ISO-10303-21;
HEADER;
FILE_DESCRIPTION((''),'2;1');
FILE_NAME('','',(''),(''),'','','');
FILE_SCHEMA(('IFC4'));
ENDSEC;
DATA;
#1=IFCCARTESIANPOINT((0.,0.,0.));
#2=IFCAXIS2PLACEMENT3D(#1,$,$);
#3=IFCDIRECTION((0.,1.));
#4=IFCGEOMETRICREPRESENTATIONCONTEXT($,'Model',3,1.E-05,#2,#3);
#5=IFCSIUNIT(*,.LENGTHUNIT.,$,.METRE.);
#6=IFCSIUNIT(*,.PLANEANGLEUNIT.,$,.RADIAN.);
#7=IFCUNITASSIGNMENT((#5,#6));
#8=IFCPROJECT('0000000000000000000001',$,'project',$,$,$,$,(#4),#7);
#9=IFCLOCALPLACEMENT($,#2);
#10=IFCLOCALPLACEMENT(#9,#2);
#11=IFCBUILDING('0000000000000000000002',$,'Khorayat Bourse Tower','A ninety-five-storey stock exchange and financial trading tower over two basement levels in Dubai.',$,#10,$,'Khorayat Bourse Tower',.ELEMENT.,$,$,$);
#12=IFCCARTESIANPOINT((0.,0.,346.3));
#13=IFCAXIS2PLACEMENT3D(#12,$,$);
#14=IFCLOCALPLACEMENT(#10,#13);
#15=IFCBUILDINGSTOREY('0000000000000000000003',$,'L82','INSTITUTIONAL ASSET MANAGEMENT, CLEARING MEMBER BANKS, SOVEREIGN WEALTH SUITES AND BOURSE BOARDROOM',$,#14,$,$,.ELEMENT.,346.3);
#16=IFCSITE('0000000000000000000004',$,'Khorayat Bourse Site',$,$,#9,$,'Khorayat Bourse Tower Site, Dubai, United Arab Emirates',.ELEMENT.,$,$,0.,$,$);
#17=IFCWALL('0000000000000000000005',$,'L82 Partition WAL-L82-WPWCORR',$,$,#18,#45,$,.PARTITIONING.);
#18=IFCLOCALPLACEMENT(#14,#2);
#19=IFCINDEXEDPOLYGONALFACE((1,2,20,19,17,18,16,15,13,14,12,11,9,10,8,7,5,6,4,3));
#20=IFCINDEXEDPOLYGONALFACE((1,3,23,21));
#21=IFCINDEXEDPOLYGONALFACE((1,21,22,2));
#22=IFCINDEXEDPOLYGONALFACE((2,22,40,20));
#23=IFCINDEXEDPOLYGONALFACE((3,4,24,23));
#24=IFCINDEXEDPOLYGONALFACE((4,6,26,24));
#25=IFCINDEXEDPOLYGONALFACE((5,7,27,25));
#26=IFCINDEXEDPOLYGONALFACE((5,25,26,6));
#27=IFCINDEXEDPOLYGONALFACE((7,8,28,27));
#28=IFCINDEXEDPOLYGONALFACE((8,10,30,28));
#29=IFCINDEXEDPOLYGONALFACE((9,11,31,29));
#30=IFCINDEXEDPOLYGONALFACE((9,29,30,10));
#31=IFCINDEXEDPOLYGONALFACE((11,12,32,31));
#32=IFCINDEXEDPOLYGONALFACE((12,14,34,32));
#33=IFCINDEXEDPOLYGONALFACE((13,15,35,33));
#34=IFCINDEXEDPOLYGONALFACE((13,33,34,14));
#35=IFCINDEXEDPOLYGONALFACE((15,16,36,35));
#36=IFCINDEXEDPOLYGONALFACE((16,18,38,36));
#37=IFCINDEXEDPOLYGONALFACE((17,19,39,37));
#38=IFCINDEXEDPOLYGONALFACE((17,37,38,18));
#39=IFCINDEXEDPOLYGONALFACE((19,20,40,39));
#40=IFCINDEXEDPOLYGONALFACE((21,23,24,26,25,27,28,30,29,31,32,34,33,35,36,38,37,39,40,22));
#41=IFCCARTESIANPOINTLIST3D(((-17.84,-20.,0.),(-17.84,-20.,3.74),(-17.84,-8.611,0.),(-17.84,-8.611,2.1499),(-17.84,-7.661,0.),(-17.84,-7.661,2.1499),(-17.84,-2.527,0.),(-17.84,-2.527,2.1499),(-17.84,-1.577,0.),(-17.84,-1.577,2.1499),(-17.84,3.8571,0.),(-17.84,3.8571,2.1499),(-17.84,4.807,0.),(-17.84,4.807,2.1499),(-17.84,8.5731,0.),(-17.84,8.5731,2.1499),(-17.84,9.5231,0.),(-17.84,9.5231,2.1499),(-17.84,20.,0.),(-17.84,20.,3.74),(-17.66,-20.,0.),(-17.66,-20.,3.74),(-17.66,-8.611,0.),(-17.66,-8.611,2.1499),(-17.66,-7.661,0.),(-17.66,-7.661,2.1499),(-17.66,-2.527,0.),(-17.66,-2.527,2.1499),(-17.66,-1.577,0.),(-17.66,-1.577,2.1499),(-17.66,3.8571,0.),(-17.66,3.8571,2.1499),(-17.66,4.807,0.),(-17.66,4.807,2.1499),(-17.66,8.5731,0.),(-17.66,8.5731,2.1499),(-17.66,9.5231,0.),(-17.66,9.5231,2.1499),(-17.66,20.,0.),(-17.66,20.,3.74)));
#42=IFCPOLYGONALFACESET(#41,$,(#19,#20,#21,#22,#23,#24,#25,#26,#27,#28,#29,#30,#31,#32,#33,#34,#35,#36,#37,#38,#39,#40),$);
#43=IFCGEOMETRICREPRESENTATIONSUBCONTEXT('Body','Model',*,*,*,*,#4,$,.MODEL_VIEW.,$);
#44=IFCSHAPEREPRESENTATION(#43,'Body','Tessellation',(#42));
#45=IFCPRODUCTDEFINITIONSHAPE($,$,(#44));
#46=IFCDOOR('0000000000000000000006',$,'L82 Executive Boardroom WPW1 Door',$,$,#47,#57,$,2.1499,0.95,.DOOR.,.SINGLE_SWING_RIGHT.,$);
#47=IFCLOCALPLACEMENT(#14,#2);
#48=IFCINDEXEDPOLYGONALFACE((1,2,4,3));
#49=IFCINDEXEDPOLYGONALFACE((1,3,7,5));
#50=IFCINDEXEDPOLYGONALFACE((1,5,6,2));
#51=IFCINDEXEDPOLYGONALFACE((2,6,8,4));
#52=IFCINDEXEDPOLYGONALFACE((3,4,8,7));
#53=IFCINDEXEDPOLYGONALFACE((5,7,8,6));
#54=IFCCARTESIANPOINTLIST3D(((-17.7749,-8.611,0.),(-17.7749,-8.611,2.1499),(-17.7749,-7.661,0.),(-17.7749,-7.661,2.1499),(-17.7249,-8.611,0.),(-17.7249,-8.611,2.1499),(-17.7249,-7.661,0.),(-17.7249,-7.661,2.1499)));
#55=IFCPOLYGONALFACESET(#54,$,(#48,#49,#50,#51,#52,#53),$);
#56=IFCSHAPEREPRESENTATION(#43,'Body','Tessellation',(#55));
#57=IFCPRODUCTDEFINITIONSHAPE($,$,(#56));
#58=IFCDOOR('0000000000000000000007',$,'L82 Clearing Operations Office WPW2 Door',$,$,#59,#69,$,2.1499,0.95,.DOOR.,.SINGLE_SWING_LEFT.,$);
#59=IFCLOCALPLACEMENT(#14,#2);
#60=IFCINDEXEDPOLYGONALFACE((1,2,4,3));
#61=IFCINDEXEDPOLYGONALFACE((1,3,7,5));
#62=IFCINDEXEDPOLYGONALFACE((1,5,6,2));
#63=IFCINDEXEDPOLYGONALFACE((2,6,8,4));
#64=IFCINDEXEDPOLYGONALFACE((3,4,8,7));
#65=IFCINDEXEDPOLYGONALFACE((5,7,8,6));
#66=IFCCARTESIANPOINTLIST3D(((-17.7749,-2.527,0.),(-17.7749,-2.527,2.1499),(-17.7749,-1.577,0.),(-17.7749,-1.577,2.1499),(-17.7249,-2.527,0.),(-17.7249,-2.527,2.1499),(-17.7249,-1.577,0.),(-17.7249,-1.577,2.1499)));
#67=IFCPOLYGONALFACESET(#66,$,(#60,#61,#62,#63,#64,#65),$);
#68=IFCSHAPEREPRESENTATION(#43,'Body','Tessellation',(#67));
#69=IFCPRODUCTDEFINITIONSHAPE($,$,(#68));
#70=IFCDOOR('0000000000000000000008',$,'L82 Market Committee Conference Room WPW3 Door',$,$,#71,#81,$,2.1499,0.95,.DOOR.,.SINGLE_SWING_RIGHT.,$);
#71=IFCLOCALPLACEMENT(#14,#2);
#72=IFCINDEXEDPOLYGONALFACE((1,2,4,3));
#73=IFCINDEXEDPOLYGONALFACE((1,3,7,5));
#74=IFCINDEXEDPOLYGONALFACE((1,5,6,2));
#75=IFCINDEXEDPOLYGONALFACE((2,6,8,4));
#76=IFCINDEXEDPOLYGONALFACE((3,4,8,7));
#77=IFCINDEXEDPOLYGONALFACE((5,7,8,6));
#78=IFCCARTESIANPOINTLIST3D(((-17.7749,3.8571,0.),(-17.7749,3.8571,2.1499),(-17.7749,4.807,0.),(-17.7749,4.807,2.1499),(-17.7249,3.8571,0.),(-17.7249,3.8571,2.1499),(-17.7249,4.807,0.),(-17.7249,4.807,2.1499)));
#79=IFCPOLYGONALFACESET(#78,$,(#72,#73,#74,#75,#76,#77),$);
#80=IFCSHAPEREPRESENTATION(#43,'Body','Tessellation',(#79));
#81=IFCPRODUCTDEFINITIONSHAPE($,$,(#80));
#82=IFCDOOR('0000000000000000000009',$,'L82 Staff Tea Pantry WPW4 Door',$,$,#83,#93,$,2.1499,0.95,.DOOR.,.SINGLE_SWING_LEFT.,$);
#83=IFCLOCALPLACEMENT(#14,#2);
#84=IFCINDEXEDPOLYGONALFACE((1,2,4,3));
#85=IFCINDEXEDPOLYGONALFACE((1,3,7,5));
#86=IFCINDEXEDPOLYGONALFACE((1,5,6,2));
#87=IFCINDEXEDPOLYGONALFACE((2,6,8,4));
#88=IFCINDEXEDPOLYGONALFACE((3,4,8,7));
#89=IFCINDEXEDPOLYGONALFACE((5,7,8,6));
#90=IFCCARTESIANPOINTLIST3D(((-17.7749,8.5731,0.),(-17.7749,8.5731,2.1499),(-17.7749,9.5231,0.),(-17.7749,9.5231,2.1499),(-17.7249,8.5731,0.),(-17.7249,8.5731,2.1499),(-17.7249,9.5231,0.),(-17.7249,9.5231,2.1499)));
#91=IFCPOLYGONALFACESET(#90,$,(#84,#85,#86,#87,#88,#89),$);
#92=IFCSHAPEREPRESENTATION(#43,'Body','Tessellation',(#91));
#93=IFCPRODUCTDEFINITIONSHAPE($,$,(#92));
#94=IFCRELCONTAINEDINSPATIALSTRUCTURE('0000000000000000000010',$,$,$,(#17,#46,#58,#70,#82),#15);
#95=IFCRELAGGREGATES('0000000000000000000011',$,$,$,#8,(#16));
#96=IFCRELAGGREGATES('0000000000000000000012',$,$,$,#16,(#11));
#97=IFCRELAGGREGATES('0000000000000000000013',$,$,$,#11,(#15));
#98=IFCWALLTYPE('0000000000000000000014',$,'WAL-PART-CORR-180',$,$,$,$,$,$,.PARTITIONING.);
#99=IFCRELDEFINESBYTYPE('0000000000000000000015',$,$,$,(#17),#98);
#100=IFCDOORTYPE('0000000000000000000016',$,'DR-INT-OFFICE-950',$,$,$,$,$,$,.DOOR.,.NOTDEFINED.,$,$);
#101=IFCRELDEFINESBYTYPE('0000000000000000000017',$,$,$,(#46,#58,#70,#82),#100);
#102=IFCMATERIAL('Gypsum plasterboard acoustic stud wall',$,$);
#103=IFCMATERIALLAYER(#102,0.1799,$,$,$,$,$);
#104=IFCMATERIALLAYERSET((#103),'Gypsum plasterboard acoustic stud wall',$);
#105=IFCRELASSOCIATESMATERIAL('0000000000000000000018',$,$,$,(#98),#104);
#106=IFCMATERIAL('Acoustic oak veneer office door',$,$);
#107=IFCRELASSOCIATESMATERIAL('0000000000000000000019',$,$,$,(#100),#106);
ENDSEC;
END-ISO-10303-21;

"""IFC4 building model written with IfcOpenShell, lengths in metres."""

from ifc_helpers import new_model, si_unit, direction, frame, frame_2d, origin, place, context, subcontext, project, spatial, rectangle, extrude, source, transform, mapped, material, layer, layer_set, type_object, element, fill, save


model = new_model("IFC4")

# Units and contexts
model_context = context("Model", 3, precision=1e-05, world=origin(), true_north=direction((0.0, 1.0)))
body_context = subcontext(model_context, "Body", "Model", "MODEL_VIEW")
ifc_project = project(units=[si_unit("LENGTHUNIT", "METRE"), si_unit("PLANEANGLEUNIT", "RADIAN")], contexts=[model_context])

# Site, building, storey
site_placement = place(None, origin())
site = spatial("IfcSite", under=ifc_project, at=site_placement, Name="Khorayat Bourse Site", LongName="Khorayat Bourse Tower Site, Dubai, United Arab Emirates", CompositionType="ELEMENT", RefElevation=0.0)
building_placement = place(site_placement, origin())
building = spatial("IfcBuilding", under=site, at=building_placement, Name="Khorayat Bourse Tower", Description="A ninety-five-storey stock exchange and financial trading tower over two basement levels in Dubai.", LongName="Khorayat Bourse Tower", CompositionType="ELEMENT")
storey_placement = place(building_placement, frame((0.0, 0.0, 346.3)))
storey = spatial("IfcBuildingStorey", under=building, at=storey_placement, Name="L82", Description="INSTITUTIONAL ASSET MANAGEMENT, CLEARING MEMBER BANKS, SOVEREIGN WEALTH SUITES AND BOURSE BOARDROOM", CompositionType="ELEMENT", Elevation=346.3)

# Shared definitions
ifc_material_1 = material(Name="Gypsum plasterboard acoustic stud wall")
ifc_layer_1 = layer(ifc_material_1, 0.1799)
ifc_layer_set_1 = layer_set([ifc_layer_1], Name="Gypsum plasterboard acoustic stud wall")
wall_type_1 = type_object("IfcWallType", Name="WAL-PART-CORR-180", PredefinedType="PARTITIONING", material=ifc_layer_set_1)

# Wall, openings, doors
shared_shape_1 = source(origin(), body_context, "Body", "SweptSolid", [
    extrude(rectangle(XDim=40.0, YDim=0.1799, at=frame_2d((20.0, 0.0))), origin(), (0.0, 0.0, 1.0), 3.74),
])
wall_1_placement = place(storey_placement, frame((-17.75, -20.0, 0.0), z_axis=(0.0, 0.0, 1.0), x_axis=(0.0, 1.0, 0.0)))
wall_1 = element("IfcWall", 1, at=wall_1_placement, inside=storey, type_object=wall_type_1, Name="L82 Partition WAL-L82-WPWCORR", PredefinedType="PARTITIONING", context=body_context, shape_type="MappedRepresentation", body=[
    mapped(shared_shape_1, transform((0.0, 0.0, 0.0), scale=1.0)),
])
shared_shape_2 = source(origin(), body_context, "Body", "SweptSolid", [
    extrude(rectangle(XDim=0.95, YDim=2.1499, at=frame_2d((0.4751, 1.075))), frame((0.0, 0.0999, 0.0), z_axis=(0.0, -1.0, 0.0), x_axis=(1.0, 0.0, 0.0)), (0.0, 0.0, 1.0), 0.2),
])
opening_1_placement = place(wall_1_placement, frame((11.3889, 0.0, 0.0)))
opening_1 = element("IfcOpeningElement", 2, at=opening_1_placement, cuts=wall_1, PredefinedType="OPENING", context=body_context, shape_type="MappedRepresentation", body=[
    mapped(shared_shape_2, transform((0.0, 0.0, 0.0), scale=1.0)),
])
opening_2_placement = place(wall_1_placement, frame((17.4729, 0.0, 0.0)))
opening_2 = element("IfcOpeningElement", 3, at=opening_2_placement, cuts=wall_1, PredefinedType="OPENING", context=body_context, shape_type="MappedRepresentation", body=[
    mapped(shared_shape_2, transform((0.0, 0.0, 0.0), scale=1.0)),
])
opening_3_placement = place(wall_1_placement, frame((23.8569, 0.0, 0.0)))
opening_3 = element("IfcOpeningElement", 4, at=opening_3_placement, cuts=wall_1, PredefinedType="OPENING", context=body_context, shape_type="MappedRepresentation", body=[
    mapped(shared_shape_2, transform((0.0, 0.0, 0.0), scale=1.0)),
])
opening_4_placement = place(wall_1_placement, frame((28.573, 0.0, 0.0)))
opening_4 = element("IfcOpeningElement", 5, at=opening_4_placement, cuts=wall_1, PredefinedType="OPENING", context=body_context, shape_type="MappedRepresentation", body=[
    mapped(shared_shape_2, transform((0.0, 0.0, 0.0), scale=1.0)),
])
ifc_material_2 = material(Name="Acoustic oak veneer office door")
door_type_1 = type_object("IfcDoorType", Name="DR-INT-OFFICE-950", OperationType="NOTDEFINED", PredefinedType="DOOR", material=ifc_material_2)
shared_shape_3 = source(origin(), body_context, "Body", "SweptSolid", [
    extrude(rectangle(XDim=0.95, YDim=2.1499, at=frame_2d((0.4751, 1.075))), frame((0.0, 0.0249, 0.0), z_axis=(0.0, -1.0, 0.0), x_axis=(1.0, 0.0, 0.0)), (0.0, 0.0, 1.0), 0.05),
])
door_1_placement = place(opening_1_placement, origin())
door_1 = element("IfcDoor", 6, at=door_1_placement, inside=storey, type_object=door_type_1, Name="L82 Executive Boardroom WPW1 Door", OperationType="SINGLE_SWING_RIGHT", OverallHeight=2.1499, OverallWidth=0.95, PredefinedType="DOOR", context=body_context, shape_type="MappedRepresentation", body=[
    mapped(shared_shape_3, transform((0.0, 0.0, 0.0), scale=1.0)),
])
fill(opening_1, door_1)
door_2_placement = place(opening_2_placement, origin())
door_2 = element("IfcDoor", 7, at=door_2_placement, inside=storey, type_object=door_type_1, Name="L82 Clearing Operations Office WPW2 Door", OperationType="SINGLE_SWING_LEFT", OverallHeight=2.1499, OverallWidth=0.95, PredefinedType="DOOR", context=body_context, shape_type="MappedRepresentation", body=[
    mapped(shared_shape_3, transform((0.0, 0.0, 0.0), scale=1.0)),
])
fill(opening_2, door_2)
door_3_placement = place(opening_3_placement, origin())
door_3 = element("IfcDoor", 8, at=door_3_placement, inside=storey, type_object=door_type_1, Name="L82 Market Committee Conference Room WPW3 Door", OperationType="SINGLE_SWING_RIGHT", OverallHeight=2.1499, OverallWidth=0.95, PredefinedType="DOOR", context=body_context, shape_type="MappedRepresentation", body=[
    mapped(shared_shape_3, transform((0.0, 0.0, 0.0), scale=1.0)),
])
fill(opening_3, door_3)
door_4_placement = place(opening_4_placement, origin())
door_4 = element("IfcDoor", 9, at=door_4_placement, inside=storey, type_object=door_type_1, Name="L82 Staff Tea Pantry WPW4 Door", OperationType="SINGLE_SWING_LEFT", OverallHeight=2.1499, OverallWidth=0.95, PredefinedType="DOOR", context=body_context, shape_type="MappedRepresentation", body=[
    mapped(shared_shape_3, transform((0.0, 0.0, 0.0), scale=1.0)),
])
fill(opening_4, door_4)

save(model, "model.ifc")
